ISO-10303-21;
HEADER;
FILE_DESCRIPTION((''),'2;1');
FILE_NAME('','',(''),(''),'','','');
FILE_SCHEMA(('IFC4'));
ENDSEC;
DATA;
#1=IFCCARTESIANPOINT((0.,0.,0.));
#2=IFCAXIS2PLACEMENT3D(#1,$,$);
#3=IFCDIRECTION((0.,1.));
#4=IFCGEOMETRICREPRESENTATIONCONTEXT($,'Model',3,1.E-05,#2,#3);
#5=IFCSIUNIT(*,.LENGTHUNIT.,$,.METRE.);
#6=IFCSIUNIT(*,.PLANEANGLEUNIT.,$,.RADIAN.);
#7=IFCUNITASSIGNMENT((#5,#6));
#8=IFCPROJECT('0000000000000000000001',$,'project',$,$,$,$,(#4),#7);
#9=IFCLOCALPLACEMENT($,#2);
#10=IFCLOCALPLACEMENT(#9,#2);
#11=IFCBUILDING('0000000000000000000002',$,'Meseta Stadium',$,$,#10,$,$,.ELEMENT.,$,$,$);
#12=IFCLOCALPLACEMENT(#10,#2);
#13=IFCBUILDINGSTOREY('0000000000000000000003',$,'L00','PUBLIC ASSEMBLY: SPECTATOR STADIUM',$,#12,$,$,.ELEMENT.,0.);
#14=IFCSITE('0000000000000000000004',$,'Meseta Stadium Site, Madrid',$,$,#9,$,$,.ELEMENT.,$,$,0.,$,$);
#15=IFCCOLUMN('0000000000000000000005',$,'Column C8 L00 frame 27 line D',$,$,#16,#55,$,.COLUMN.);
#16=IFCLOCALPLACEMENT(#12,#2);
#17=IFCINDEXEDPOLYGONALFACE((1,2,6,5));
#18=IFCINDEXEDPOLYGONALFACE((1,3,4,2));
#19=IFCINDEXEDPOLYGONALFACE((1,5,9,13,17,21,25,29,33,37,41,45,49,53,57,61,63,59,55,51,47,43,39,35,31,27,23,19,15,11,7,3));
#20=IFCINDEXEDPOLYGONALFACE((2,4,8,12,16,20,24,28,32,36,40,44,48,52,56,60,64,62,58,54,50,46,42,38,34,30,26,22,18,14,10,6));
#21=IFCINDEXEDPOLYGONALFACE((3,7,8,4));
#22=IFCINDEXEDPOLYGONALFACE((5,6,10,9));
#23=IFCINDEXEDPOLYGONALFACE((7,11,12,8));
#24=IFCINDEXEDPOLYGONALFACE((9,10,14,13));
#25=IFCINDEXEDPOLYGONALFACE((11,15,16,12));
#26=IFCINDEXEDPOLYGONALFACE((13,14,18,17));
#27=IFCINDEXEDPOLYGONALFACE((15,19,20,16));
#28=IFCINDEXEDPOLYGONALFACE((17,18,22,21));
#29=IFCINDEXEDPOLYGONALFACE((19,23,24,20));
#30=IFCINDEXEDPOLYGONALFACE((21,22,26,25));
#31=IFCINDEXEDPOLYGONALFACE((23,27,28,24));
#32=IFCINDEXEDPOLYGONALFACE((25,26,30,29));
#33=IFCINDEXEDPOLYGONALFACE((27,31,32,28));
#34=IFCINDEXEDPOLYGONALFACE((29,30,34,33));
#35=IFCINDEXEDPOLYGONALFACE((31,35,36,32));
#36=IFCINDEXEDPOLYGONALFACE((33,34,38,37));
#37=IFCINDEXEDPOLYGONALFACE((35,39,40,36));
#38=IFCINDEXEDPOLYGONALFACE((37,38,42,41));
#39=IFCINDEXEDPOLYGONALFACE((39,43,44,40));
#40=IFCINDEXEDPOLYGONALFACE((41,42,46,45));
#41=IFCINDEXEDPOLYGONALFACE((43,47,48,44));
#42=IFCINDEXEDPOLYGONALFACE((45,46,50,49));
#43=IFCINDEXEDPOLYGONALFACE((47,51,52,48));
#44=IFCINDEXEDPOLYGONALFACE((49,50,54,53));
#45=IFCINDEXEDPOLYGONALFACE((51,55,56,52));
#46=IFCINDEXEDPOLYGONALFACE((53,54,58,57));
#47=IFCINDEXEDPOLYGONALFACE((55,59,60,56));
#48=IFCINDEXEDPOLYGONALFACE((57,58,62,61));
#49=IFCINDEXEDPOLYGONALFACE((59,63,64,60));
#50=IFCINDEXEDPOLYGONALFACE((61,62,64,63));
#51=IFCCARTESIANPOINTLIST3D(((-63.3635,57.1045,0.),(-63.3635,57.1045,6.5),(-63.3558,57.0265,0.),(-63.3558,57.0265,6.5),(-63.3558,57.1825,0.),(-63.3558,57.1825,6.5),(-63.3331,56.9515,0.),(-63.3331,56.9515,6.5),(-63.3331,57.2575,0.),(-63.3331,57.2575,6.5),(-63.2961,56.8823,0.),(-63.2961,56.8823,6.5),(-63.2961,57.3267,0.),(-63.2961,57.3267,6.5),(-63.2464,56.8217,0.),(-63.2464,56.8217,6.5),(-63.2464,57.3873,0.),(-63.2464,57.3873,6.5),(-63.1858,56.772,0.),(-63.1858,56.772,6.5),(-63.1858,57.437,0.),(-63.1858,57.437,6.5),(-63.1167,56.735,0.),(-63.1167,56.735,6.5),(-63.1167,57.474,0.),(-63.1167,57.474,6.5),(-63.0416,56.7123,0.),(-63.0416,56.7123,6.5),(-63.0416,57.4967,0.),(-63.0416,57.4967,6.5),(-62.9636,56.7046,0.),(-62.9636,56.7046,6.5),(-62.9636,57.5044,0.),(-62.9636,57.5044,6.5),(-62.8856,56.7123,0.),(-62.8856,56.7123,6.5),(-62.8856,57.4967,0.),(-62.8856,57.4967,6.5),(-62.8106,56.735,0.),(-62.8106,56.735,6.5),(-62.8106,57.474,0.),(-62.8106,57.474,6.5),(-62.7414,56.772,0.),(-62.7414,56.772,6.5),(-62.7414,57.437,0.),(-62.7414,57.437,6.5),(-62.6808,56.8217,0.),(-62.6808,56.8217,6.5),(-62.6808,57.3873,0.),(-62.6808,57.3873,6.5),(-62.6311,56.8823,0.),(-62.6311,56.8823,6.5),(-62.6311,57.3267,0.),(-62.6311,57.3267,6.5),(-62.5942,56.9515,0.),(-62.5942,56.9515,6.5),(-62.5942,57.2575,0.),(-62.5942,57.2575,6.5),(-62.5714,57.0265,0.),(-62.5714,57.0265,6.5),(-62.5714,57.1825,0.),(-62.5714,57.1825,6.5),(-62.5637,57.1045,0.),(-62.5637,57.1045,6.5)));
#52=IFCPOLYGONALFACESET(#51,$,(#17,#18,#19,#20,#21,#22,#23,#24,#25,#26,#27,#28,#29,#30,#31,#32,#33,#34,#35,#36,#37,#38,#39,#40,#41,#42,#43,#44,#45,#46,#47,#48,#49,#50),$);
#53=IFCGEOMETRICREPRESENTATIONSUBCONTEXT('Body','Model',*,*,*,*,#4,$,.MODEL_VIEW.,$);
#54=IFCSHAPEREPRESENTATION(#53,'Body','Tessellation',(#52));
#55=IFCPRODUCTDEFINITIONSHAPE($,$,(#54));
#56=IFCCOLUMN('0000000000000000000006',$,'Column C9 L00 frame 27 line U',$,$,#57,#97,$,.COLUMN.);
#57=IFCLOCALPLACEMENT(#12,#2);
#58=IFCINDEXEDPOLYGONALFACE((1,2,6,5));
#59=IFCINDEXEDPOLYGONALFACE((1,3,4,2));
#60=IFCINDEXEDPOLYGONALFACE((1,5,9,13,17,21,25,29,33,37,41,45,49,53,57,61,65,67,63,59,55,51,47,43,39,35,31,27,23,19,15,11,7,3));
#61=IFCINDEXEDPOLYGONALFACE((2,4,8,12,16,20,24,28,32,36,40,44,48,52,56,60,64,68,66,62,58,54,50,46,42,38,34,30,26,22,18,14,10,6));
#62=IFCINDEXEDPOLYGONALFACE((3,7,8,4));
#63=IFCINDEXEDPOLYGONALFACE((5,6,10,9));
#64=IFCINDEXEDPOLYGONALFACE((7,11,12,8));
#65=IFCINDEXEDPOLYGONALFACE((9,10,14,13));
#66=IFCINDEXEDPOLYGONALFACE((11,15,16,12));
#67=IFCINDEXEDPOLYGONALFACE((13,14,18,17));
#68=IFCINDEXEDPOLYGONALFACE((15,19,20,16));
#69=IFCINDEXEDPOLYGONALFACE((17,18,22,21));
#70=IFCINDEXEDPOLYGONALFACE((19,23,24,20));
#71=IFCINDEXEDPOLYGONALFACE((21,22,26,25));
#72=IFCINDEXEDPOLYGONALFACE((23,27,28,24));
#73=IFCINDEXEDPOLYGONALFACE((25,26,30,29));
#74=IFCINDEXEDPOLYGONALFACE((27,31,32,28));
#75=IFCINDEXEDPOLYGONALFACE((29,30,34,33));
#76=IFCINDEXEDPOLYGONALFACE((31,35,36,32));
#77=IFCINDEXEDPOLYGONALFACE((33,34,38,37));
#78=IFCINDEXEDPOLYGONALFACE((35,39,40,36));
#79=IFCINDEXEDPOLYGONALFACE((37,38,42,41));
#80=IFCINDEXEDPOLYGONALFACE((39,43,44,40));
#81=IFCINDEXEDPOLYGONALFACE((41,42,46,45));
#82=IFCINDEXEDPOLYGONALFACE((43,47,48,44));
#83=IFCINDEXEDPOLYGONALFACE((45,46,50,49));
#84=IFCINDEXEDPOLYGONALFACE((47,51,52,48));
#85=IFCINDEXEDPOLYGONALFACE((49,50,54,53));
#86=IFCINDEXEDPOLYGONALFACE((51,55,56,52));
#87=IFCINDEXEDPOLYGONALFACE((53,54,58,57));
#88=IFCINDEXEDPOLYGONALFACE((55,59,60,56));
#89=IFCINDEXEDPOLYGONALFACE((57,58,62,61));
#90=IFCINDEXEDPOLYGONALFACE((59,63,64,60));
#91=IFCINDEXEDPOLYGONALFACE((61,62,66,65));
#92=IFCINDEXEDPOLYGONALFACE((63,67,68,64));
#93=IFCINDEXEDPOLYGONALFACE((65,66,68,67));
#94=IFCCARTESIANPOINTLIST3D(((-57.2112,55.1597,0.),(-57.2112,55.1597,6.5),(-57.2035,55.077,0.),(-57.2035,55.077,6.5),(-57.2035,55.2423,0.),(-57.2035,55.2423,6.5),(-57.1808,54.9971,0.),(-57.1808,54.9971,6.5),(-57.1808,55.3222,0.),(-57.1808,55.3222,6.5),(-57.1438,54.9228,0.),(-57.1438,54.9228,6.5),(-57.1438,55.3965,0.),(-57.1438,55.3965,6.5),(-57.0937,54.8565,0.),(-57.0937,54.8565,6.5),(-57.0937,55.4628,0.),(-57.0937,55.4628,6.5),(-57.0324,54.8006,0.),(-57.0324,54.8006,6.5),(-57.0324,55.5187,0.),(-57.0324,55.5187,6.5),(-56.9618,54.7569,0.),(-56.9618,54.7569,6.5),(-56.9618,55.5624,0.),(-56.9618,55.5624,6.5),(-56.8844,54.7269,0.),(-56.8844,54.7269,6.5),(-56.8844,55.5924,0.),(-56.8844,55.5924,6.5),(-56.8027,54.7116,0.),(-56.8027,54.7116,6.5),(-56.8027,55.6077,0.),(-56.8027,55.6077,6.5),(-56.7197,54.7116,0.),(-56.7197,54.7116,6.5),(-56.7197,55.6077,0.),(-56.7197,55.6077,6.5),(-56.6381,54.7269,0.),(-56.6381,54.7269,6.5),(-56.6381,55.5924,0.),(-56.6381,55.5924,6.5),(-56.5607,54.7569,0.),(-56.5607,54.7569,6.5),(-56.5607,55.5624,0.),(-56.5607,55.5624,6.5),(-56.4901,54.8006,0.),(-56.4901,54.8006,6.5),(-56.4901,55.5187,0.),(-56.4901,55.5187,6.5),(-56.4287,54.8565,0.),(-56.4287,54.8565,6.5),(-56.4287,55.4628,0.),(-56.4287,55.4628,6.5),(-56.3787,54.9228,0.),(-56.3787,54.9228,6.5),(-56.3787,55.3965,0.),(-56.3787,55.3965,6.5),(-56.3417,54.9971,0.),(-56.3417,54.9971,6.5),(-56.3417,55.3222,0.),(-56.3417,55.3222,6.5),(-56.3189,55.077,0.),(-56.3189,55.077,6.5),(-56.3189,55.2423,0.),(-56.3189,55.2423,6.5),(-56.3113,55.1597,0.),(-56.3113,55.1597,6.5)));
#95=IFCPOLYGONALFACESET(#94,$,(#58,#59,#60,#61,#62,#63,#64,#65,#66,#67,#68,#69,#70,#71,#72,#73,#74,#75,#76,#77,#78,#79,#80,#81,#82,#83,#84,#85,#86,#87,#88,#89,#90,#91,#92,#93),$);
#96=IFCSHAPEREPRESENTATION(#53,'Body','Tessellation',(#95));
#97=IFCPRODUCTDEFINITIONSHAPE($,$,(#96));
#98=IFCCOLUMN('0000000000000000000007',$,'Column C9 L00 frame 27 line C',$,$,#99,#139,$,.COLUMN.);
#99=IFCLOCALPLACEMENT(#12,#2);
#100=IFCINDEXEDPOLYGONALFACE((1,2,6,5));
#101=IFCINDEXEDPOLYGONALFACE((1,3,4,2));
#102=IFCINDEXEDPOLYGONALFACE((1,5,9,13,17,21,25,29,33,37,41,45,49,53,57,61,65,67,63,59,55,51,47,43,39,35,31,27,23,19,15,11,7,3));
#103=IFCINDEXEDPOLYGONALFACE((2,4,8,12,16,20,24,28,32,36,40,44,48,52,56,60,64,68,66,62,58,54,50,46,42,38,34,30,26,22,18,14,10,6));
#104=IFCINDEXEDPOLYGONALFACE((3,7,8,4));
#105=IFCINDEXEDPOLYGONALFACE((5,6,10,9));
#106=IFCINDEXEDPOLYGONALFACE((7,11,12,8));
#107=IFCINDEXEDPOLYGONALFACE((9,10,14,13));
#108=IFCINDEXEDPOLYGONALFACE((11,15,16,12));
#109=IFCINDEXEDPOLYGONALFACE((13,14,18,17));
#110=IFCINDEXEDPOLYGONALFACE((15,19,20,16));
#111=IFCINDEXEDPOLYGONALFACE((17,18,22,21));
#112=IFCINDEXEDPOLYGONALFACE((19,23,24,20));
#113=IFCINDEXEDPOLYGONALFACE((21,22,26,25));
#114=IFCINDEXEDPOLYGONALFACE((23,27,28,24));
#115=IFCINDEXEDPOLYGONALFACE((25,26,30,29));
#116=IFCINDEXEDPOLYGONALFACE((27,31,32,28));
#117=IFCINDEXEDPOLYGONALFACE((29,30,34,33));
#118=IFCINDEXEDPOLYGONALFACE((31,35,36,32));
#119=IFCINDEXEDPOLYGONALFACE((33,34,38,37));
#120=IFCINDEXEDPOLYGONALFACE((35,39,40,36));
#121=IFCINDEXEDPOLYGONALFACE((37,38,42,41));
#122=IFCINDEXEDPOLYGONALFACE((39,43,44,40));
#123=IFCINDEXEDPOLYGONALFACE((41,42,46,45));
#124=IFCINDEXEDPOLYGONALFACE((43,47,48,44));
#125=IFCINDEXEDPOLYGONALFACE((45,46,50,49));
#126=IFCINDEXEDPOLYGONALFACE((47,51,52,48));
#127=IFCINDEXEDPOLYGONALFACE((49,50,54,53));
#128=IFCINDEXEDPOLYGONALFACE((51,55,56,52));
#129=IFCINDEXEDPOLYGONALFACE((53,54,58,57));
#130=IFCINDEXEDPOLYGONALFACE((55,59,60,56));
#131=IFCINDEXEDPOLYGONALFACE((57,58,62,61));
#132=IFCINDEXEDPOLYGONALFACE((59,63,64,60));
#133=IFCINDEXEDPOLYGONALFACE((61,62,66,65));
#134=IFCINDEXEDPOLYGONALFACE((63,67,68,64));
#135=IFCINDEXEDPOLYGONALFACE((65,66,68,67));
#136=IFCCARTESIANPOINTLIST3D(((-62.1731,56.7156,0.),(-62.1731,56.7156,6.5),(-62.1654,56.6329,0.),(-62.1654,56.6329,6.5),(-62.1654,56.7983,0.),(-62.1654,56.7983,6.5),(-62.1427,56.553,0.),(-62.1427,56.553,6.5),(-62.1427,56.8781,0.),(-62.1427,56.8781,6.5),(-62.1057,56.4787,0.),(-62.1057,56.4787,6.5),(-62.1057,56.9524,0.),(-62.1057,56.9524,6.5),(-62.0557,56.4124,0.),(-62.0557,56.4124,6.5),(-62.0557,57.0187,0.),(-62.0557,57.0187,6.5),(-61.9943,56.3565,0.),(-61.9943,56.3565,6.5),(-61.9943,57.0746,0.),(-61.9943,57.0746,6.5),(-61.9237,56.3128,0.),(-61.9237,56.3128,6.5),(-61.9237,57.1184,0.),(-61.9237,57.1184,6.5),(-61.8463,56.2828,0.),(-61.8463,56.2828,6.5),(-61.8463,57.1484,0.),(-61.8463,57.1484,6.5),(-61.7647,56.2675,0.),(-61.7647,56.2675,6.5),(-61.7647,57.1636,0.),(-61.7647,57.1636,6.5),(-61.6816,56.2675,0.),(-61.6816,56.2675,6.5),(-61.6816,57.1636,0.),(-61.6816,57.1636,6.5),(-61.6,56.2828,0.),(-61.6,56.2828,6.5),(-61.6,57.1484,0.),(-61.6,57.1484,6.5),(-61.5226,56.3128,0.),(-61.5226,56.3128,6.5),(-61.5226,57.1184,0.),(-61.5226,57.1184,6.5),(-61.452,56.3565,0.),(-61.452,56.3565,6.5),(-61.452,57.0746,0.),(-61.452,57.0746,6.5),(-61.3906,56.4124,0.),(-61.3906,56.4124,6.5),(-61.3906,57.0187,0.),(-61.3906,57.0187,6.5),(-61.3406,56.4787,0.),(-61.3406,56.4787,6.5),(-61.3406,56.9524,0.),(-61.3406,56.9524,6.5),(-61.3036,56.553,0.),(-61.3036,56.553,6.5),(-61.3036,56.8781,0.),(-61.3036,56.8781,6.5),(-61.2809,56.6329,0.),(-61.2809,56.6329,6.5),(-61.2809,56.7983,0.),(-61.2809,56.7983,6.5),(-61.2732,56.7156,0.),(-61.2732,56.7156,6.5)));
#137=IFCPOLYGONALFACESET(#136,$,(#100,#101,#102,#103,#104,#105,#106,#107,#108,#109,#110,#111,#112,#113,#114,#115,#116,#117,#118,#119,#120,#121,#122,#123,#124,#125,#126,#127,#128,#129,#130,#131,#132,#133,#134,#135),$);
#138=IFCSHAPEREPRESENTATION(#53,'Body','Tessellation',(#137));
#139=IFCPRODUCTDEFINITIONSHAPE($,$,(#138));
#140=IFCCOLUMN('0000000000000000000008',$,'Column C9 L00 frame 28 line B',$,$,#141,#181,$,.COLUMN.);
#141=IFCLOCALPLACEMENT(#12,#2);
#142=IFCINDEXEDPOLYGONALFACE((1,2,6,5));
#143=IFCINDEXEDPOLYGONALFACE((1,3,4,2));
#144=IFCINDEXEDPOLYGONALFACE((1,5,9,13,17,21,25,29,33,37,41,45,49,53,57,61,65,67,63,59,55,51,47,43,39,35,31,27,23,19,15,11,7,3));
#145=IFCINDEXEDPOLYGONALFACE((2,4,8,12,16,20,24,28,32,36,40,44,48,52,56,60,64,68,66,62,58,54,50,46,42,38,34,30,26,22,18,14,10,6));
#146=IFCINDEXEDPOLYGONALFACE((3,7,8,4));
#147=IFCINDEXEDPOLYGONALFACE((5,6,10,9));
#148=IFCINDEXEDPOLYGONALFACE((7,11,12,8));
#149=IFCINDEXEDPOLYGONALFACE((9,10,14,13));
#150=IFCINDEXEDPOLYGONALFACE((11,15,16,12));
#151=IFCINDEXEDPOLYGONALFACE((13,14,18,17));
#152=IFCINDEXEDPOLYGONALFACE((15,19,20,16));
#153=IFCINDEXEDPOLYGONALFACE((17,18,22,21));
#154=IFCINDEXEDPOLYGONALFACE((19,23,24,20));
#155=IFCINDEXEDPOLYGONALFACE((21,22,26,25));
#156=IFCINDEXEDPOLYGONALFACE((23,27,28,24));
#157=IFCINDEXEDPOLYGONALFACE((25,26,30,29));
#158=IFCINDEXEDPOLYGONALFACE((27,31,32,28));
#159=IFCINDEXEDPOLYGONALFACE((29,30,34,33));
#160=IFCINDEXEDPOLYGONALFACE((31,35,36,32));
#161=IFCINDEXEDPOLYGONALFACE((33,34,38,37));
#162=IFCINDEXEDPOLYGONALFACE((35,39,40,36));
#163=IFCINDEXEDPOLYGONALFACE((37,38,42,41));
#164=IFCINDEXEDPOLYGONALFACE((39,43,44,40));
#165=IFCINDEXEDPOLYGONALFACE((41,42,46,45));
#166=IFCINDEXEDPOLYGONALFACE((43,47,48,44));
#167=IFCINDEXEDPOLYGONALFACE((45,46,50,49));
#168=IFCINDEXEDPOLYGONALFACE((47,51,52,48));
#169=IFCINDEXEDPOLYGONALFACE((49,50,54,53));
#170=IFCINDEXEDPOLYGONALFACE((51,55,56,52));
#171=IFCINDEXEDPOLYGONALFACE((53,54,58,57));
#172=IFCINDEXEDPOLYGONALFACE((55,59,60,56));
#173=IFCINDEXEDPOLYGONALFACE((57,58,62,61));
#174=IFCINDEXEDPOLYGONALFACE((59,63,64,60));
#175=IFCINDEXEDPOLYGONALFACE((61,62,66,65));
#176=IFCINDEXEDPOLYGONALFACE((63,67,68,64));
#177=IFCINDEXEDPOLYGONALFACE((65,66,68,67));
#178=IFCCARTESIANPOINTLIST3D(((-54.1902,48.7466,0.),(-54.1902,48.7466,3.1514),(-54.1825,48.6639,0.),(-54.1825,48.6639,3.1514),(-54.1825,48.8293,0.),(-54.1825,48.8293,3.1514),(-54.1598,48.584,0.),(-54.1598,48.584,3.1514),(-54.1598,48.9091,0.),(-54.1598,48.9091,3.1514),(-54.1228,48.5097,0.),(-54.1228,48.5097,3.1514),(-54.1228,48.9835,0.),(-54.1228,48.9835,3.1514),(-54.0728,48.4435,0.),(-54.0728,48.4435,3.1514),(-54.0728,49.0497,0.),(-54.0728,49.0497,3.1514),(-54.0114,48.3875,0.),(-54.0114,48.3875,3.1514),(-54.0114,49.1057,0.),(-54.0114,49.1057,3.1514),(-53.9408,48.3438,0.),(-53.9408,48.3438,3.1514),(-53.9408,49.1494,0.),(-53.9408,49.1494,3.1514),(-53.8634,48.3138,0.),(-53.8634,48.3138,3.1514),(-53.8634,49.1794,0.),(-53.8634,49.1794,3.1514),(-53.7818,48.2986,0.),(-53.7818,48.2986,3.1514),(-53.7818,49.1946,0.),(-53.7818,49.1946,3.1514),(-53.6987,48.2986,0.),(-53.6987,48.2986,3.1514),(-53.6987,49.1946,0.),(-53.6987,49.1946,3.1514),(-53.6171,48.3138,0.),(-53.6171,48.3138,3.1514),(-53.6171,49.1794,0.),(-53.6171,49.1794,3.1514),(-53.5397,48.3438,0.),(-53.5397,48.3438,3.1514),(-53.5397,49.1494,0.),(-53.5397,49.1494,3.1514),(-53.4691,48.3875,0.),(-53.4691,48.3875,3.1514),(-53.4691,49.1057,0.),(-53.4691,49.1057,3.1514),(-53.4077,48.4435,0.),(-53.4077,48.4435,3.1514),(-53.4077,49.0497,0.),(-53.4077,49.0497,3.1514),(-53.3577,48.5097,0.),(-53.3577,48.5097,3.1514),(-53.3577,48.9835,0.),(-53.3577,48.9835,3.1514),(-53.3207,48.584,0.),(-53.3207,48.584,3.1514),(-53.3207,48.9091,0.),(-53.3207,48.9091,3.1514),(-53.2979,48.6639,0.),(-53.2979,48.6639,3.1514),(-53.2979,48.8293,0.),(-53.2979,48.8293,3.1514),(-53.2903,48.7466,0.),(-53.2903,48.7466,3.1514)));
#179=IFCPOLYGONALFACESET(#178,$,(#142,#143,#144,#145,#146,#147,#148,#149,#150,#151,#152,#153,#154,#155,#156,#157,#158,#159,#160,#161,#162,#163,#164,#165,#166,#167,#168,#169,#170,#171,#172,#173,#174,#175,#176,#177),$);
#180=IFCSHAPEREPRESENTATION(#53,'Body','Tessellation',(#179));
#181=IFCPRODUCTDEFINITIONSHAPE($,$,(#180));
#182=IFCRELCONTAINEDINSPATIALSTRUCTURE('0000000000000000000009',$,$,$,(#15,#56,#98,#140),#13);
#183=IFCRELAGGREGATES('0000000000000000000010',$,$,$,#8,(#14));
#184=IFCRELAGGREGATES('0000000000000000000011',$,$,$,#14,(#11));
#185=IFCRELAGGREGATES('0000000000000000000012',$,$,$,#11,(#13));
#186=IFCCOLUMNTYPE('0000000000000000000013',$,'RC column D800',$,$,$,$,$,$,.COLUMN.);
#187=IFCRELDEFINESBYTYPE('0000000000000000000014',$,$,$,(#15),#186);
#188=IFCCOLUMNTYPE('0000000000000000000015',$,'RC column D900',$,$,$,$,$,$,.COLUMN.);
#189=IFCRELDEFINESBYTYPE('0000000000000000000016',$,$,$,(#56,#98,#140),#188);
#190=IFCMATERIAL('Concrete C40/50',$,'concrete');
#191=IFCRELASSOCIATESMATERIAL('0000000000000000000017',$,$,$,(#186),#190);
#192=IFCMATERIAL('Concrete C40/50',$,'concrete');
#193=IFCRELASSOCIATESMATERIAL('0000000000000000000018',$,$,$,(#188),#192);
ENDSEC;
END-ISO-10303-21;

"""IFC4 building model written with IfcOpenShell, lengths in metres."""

from ifc_helpers import new_model, si_unit, direction, frame, origin, origin_2d, place, context, subcontext, project, spatial, circle, extrude, material, material_profile, profile_set, type_object, element, save


model = new_model("IFC4")

# Units and contexts
model_context = context("Model", 3, precision=1e-05, world=origin(), true_north=direction((0.0, 1.0)))
body_context = subcontext(model_context, "Body", "Model", "MODEL_VIEW")
ifc_project = project(units=[si_unit("LENGTHUNIT", "METRE"), si_unit("PLANEANGLEUNIT", "RADIAN")], contexts=[model_context])

# Site, building, storey
site_placement = place(None, origin())
site = spatial("IfcSite", under=ifc_project, at=site_placement, Name="Meseta Stadium Site, Madrid", CompositionType="ELEMENT", RefElevation=0.0)
building_placement = place(site_placement, origin())
building = spatial("IfcBuilding", under=site, at=building_placement, Name="Meseta Stadium", CompositionType="ELEMENT")
storey_placement = place(building_placement, origin())
storey = spatial("IfcBuildingStorey", under=building, at=storey_placement, Name="L00", Description="PUBLIC ASSEMBLY: SPECTATOR STADIUM", CompositionType="ELEMENT", Elevation=0.0)

# Columns
ifc_material_1 = material(Name="Concrete C40/50", Category="concrete")
ifc_material_profile_1 = material_profile(ifc_material_1, circle(Radius=0.3999, at=origin_2d()), Name="RC D800")
ifc_profile_set_1 = profile_set([ifc_material_profile_1], Name="Concrete C40/50")
column_type_1 = type_object("IfcColumnType", Name="RC column D800", PredefinedType="COLUMN", material=ifc_profile_set_1)
column_1_placement = place(storey_placement, frame((-62.9636, 57.1045, 0.0), z_axis=(0.0, 0.0, 1.0), x_axis=(1.0, 0.0, 0.0)))
element("IfcColumn", 1, at=column_1_placement, inside=storey, type_object=column_type_1, Name="Column C8 L00 frame 27 line D", PredefinedType="COLUMN", context=body_context, shape_type="SweptSolid", body=[
    extrude(circle(Radius=0.3999, at=origin_2d()), origin(), (0.0, 0.0, 1.0), 6.5),
])
ifc_material_2 = material(Name="Concrete C40/50", Category="concrete")
ifc_material_profile_2 = material_profile(ifc_material_2, circle(Radius=0.45, at=origin_2d()), Name="RC D900")
ifc_profile_set_2 = profile_set([ifc_material_profile_2], Name="Concrete C40/50")
column_type_2 = type_object("IfcColumnType", Name="RC column D900", PredefinedType="COLUMN", material=ifc_profile_set_2)
for number, where, z_axis, x_axis, name in (
    (2, (-56.7612, 55.1597, 0.0), (0.0, 0.0, 1.0), (1.0, 0.0, 0.0), "Column C9 L00 frame 27 line U"),
    (3, (-61.7231, 56.7156, 0.0), (0.0, 0.0, 1.0), (1.0, 0.0, 0.0), "Column C9 L00 frame 27 line C"),
):
    element("IfcColumn", number, at=place(storey_placement, frame(where, z_axis=z_axis, x_axis=x_axis)), inside=storey, type_object=column_type_2, Name=name, PredefinedType="COLUMN", context=body_context, shape_type="SweptSolid", body=[
        extrude(circle(Radius=0.45, at=origin_2d()), origin(), (0.0, 0.0, 1.0), 6.5),
    ])
column_2_placement = place(storey_placement, frame((-53.7402, 48.7466, 0.0), z_axis=(0.0, 0.0, 1.0), x_axis=(1.0, 0.0, 0.0)))
element("IfcColumn", 4, at=column_2_placement, inside=storey, type_object=column_type_2, Name="Column C9 L00 frame 28 line B", PredefinedType="COLUMN", context=body_context, shape_type="SweptSolid", body=[
    extrude(circle(Radius=0.45, at=origin_2d()), origin(), (0.0, 0.0, 1.0), 3.1514),
])

save(model, "model.ifc")
